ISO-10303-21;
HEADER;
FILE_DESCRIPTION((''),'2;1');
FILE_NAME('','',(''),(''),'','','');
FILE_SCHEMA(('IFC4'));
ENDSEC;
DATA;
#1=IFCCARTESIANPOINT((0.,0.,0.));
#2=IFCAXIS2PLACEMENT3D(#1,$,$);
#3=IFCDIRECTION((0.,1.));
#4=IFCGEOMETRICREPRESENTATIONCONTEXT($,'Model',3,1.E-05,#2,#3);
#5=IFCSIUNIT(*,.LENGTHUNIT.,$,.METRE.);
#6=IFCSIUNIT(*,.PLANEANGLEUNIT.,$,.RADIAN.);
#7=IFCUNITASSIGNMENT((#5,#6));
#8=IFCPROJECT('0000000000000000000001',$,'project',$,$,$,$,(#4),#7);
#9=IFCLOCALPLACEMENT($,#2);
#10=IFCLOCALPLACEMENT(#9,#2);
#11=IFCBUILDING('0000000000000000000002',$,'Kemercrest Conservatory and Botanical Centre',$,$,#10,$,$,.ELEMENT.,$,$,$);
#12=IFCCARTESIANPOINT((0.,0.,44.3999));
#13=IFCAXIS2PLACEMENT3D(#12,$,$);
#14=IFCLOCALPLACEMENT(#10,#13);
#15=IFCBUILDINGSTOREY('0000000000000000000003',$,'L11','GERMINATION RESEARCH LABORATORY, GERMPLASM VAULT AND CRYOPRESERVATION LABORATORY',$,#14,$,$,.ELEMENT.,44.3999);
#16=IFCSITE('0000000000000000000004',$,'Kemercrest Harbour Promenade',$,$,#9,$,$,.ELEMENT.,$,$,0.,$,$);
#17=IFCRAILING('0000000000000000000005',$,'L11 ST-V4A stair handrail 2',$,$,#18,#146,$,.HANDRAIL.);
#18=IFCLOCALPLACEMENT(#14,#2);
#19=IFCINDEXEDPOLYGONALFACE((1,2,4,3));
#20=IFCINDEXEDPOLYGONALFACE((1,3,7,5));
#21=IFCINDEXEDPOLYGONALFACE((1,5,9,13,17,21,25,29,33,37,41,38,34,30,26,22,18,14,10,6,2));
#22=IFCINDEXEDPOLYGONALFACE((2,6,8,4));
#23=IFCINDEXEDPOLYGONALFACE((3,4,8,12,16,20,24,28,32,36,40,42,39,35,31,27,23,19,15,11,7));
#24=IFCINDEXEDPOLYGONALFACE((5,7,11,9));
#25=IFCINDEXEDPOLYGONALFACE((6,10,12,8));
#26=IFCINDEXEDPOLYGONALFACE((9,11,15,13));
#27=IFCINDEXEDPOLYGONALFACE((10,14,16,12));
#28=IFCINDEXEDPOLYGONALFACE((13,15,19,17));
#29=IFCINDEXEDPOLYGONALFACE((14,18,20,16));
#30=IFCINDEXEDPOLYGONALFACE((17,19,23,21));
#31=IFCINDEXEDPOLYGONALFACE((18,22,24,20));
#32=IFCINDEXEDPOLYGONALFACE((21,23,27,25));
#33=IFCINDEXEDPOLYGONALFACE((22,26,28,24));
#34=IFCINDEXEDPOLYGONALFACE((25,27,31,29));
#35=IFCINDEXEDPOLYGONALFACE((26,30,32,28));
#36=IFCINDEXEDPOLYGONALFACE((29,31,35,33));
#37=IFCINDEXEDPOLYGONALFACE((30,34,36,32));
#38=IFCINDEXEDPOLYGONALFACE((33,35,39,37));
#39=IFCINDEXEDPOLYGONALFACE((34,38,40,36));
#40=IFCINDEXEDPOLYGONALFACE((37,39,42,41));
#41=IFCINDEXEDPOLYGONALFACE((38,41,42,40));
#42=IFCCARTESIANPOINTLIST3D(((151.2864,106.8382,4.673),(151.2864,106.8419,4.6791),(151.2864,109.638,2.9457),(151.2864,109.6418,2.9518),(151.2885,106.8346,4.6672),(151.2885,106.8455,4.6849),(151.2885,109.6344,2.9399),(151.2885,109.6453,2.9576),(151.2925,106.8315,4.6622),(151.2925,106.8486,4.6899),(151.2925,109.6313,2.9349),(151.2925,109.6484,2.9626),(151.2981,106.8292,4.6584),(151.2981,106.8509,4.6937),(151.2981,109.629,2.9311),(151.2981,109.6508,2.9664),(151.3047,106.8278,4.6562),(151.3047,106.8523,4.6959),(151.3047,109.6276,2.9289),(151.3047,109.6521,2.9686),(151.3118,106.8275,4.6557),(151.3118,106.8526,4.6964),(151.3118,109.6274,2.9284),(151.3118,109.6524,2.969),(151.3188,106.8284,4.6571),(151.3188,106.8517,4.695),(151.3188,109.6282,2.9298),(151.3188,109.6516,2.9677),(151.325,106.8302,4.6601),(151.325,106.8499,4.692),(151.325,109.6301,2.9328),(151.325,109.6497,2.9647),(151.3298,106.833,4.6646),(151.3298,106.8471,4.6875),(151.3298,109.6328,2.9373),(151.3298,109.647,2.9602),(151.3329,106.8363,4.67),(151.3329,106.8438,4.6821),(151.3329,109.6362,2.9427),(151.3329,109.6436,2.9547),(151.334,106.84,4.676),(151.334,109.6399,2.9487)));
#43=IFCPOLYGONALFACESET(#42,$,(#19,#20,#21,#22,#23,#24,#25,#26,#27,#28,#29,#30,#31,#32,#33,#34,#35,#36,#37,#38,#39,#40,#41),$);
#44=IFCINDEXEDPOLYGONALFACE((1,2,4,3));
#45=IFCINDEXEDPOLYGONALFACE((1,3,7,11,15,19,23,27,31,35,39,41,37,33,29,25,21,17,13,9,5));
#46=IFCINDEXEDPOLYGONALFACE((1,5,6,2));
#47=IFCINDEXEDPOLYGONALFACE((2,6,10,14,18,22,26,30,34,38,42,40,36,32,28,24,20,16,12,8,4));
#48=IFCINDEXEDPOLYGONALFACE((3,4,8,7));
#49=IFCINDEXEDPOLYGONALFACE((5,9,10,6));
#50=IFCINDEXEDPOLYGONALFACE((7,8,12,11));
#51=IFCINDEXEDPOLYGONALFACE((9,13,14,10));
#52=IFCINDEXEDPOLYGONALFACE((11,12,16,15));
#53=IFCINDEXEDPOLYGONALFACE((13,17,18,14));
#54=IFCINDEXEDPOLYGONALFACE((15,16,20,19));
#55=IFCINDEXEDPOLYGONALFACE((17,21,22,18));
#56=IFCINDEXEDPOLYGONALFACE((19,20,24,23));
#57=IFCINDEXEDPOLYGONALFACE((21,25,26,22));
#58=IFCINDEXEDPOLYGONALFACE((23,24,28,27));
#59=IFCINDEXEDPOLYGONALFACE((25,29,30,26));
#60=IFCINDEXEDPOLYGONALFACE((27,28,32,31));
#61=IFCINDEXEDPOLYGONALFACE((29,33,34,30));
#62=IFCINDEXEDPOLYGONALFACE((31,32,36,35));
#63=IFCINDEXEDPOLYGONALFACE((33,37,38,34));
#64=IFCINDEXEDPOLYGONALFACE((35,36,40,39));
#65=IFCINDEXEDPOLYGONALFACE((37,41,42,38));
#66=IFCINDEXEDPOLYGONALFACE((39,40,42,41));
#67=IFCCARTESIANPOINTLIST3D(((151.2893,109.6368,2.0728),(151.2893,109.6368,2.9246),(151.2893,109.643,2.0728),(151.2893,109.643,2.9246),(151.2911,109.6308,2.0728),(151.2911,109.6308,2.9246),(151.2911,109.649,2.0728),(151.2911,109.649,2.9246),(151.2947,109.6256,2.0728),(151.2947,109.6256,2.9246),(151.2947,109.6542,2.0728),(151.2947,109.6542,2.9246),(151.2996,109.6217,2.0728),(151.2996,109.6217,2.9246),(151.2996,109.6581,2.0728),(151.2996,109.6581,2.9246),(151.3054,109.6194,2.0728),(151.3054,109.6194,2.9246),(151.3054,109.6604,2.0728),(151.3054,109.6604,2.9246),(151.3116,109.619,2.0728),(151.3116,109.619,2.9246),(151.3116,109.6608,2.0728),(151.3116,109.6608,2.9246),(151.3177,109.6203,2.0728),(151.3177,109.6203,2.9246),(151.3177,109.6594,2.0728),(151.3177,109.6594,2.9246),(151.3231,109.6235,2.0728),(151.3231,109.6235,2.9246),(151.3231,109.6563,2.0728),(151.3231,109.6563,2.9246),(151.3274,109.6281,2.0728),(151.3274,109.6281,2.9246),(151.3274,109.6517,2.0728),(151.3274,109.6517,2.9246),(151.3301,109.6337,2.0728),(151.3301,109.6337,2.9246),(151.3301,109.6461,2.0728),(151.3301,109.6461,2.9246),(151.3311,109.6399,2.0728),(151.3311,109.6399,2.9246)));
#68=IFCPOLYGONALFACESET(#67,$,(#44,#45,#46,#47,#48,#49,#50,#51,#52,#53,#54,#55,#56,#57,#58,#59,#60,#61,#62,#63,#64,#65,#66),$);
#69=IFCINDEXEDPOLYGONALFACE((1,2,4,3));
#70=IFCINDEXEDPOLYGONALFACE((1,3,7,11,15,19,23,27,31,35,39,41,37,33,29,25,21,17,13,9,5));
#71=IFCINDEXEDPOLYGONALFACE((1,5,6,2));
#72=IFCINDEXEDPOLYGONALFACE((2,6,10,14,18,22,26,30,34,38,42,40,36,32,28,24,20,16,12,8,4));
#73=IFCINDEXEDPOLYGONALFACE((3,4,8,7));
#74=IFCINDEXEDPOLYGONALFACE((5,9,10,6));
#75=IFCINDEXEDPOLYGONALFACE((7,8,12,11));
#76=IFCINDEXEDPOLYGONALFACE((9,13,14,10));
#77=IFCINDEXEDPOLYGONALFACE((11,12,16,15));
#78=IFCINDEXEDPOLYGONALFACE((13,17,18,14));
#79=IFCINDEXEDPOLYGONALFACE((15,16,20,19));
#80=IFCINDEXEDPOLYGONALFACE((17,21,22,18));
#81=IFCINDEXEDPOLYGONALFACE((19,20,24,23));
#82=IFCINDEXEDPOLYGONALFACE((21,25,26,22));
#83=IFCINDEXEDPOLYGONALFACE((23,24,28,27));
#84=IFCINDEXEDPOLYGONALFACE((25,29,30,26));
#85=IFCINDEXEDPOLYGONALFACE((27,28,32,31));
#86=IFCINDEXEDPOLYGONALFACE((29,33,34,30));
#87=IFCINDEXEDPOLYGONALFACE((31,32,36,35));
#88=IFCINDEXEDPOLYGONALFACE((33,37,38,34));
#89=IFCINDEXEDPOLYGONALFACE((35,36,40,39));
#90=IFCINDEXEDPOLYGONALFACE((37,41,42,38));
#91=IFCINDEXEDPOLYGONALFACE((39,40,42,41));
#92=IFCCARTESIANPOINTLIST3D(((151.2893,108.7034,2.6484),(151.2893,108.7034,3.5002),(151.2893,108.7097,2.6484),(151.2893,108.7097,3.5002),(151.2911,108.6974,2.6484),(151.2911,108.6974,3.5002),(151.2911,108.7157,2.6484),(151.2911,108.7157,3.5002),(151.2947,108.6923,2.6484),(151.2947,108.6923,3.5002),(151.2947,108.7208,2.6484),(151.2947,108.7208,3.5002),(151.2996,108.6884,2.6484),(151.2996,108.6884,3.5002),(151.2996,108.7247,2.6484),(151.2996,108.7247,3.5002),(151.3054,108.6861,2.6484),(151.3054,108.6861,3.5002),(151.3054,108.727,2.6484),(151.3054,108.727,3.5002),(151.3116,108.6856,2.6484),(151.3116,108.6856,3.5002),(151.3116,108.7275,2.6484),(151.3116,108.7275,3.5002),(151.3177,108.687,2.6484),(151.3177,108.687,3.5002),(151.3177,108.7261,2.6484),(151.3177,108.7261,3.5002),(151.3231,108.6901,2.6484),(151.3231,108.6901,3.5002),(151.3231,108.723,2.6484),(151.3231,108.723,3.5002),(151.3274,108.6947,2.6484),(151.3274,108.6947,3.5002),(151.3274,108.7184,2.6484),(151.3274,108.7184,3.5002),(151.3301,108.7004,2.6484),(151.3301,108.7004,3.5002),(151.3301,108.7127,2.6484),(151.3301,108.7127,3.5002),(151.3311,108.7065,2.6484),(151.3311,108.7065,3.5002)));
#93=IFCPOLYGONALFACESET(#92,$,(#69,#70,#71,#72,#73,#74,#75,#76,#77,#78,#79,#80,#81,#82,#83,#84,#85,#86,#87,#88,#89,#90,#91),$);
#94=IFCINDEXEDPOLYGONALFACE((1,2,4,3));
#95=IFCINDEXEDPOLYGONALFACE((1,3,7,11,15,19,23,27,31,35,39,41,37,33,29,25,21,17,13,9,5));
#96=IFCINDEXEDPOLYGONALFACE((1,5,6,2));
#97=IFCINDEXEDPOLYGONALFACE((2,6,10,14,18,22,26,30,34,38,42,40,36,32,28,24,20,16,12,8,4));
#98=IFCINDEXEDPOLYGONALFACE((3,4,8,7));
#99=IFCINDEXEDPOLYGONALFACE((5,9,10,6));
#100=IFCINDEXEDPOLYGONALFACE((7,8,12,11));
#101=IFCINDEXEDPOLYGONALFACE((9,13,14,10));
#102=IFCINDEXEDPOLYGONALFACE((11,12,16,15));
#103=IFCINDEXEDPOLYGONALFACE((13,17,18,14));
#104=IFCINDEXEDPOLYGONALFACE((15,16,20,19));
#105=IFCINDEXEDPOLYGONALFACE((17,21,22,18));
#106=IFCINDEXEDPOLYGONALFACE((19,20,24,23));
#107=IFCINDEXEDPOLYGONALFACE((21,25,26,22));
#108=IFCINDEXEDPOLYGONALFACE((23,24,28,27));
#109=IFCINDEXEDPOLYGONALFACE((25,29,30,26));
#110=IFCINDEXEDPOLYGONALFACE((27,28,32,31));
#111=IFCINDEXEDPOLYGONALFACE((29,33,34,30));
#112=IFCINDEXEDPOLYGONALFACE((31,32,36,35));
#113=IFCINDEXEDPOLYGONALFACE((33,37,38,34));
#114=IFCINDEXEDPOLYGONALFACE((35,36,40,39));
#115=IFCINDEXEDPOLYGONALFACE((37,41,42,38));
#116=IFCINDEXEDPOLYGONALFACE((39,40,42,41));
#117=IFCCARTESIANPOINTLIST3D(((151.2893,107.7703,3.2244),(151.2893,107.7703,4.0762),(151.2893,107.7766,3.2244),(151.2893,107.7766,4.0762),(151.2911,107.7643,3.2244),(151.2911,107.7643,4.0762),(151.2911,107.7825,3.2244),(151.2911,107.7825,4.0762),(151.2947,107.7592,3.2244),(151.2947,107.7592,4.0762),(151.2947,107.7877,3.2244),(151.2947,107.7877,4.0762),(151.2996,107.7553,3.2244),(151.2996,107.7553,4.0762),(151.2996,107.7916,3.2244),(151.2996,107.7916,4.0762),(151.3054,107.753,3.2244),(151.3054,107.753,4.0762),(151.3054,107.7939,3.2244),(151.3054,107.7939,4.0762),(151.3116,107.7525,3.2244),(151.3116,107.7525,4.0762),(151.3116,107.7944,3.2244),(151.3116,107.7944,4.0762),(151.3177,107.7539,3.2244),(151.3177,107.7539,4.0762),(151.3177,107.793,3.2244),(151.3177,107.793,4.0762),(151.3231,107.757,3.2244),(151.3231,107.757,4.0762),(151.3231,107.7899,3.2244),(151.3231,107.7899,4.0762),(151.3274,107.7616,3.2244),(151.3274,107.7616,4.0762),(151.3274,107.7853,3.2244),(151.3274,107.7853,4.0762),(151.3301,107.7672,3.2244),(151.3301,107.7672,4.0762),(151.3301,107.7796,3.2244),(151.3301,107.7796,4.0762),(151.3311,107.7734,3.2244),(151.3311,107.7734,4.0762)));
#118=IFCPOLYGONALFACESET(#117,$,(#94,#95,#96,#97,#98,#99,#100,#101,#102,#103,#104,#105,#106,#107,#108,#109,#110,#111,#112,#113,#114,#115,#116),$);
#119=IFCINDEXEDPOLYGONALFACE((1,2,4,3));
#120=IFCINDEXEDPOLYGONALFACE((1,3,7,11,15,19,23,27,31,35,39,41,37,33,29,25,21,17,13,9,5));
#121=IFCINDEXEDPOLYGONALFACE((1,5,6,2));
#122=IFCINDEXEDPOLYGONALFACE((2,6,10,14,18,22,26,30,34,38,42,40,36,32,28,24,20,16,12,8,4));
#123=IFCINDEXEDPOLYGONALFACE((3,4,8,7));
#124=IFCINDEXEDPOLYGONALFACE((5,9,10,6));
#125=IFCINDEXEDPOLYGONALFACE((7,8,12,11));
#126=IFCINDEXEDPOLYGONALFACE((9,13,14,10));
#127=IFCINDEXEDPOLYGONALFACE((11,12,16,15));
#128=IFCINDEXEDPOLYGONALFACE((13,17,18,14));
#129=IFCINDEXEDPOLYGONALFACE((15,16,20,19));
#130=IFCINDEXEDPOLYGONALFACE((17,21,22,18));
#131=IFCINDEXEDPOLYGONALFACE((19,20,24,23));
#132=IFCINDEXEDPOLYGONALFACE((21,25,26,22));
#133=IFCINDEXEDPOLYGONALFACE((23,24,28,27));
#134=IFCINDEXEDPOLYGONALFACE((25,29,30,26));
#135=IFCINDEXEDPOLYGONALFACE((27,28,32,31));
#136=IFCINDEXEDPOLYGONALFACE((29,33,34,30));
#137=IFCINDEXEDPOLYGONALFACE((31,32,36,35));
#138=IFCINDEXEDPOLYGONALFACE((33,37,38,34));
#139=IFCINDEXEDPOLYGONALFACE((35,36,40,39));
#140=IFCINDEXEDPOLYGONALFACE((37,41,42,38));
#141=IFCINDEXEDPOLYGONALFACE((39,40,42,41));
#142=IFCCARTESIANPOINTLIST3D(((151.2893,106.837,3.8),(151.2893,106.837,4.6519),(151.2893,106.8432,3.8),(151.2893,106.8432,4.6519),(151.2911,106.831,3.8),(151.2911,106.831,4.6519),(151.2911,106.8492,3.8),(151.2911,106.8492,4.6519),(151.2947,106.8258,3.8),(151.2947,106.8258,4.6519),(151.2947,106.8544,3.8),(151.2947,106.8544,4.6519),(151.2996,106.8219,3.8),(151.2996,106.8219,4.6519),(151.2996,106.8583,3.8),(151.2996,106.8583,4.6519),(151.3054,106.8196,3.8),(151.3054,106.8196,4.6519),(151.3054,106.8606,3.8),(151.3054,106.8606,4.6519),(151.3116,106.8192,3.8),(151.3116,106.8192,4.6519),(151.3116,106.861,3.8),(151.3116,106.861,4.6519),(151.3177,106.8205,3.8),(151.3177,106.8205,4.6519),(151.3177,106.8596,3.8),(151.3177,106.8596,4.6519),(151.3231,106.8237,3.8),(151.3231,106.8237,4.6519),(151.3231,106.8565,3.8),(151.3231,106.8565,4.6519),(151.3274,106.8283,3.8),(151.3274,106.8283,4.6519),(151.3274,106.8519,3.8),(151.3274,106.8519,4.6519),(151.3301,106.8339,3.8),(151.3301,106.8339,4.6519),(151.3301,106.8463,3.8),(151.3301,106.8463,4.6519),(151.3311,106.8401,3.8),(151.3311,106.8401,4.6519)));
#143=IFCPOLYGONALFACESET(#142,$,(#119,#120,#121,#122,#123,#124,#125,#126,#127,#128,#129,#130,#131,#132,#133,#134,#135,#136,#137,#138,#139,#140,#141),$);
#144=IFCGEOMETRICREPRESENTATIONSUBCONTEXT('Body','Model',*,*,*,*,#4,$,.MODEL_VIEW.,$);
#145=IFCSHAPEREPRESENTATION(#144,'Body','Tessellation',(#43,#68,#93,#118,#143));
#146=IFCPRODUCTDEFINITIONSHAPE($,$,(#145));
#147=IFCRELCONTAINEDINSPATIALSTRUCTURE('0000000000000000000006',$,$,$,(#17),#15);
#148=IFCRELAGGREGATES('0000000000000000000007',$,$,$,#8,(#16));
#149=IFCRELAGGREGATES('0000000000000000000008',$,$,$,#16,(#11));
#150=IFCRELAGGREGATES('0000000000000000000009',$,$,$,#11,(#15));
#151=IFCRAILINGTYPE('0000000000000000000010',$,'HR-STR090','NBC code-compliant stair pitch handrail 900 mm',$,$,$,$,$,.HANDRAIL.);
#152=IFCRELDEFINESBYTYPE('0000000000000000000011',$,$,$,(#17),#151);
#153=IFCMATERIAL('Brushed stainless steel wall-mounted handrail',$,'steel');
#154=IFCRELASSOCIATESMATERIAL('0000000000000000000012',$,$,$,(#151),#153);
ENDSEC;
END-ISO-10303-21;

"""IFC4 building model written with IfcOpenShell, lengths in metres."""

from ifc_helpers import new_model, si_unit, direction, frame, origin, origin_2d, place, context, subcontext, project, spatial, circle, extrude, material, type_object, element, save


model = new_model("IFC4")

# Units and contexts
model_context = context("Model", 3, precision=1e-05, world=origin(), true_north=direction((0.0, 1.0)))
body_context = subcontext(model_context, "Body", "Model", "MODEL_VIEW")
ifc_project = project(units=[si_unit("LENGTHUNIT", "METRE"), si_unit("PLANEANGLEUNIT", "RADIAN")], contexts=[model_context])

# Site, building, storey
site_placement = place(None, origin())
site = spatial("IfcSite", under=ifc_project, at=site_placement, Name="Kemercrest Harbour Promenade", CompositionType="ELEMENT", RefElevation=0.0)
building_placement = place(site_placement, origin())
building = spatial("IfcBuilding", under=site, at=building_placement, Name="Kemercrest Conservatory and Botanical Centre", CompositionType="ELEMENT")
storey_placement = place(building_placement, frame((0.0, 0.0, 44.3999)))
storey = spatial("IfcBuildingStorey", under=building, at=storey_placement, Name="L11", Description="GERMINATION RESEARCH LABORATORY, GERMPLASM VAULT AND CRYOPRESERVATION LABORATORY", CompositionType="ELEMENT", Elevation=44.3999)

# Railing
ifc_material_1 = material(Name="Brushed stainless steel wall-mounted handrail", Category="steel")
railing_type_1 = type_object("IfcRailingType", Name="HR-STR090", Description="NBC code-compliant stair pitch handrail 900 mm", PredefinedType="HANDRAIL", material=ifc_material_1)
railing_1_placement = place(storey_placement, frame((151.3101, 109.6399, 2.0728)))
element("IfcRailing", 1, at=railing_1_placement, inside=storey, type_object=railing_type_1, Name="L11 ST-V4A stair handrail 2", PredefinedType="HANDRAIL", context=body_context, shape_type="SweptSolid", body=[
    extrude(circle(Radius=0.0239, at=origin_2d()), frame((0.0, 0.0, 0.876), z_axis=(0.0, -0.851069, 0.525054), x_axis=(1.0, 0.0, 0.0)), (0.0, 0.0, 1.0), 3.2898),
    extrude(circle(Radius=0.021, at=origin_2d()), origin(), (0.0, 0.0, 1.0), 0.8518),
    extrude(circle(Radius=0.021, at=origin_2d()), frame((0.0, -0.9333, 0.5757)), (0.0, 0.0, 1.0), 0.8518),
    extrude(circle(Radius=0.021, at=origin_2d()), frame((0.0, -1.8665, 1.1516)), (0.0, 0.0, 1.0), 0.8518),
    extrude(circle(Radius=0.021, at=origin_2d()), frame((0.0, -2.7998, 1.7273)), (0.0, 0.0, 1.0), 0.8518),
])

save(model, "model.ifc")
